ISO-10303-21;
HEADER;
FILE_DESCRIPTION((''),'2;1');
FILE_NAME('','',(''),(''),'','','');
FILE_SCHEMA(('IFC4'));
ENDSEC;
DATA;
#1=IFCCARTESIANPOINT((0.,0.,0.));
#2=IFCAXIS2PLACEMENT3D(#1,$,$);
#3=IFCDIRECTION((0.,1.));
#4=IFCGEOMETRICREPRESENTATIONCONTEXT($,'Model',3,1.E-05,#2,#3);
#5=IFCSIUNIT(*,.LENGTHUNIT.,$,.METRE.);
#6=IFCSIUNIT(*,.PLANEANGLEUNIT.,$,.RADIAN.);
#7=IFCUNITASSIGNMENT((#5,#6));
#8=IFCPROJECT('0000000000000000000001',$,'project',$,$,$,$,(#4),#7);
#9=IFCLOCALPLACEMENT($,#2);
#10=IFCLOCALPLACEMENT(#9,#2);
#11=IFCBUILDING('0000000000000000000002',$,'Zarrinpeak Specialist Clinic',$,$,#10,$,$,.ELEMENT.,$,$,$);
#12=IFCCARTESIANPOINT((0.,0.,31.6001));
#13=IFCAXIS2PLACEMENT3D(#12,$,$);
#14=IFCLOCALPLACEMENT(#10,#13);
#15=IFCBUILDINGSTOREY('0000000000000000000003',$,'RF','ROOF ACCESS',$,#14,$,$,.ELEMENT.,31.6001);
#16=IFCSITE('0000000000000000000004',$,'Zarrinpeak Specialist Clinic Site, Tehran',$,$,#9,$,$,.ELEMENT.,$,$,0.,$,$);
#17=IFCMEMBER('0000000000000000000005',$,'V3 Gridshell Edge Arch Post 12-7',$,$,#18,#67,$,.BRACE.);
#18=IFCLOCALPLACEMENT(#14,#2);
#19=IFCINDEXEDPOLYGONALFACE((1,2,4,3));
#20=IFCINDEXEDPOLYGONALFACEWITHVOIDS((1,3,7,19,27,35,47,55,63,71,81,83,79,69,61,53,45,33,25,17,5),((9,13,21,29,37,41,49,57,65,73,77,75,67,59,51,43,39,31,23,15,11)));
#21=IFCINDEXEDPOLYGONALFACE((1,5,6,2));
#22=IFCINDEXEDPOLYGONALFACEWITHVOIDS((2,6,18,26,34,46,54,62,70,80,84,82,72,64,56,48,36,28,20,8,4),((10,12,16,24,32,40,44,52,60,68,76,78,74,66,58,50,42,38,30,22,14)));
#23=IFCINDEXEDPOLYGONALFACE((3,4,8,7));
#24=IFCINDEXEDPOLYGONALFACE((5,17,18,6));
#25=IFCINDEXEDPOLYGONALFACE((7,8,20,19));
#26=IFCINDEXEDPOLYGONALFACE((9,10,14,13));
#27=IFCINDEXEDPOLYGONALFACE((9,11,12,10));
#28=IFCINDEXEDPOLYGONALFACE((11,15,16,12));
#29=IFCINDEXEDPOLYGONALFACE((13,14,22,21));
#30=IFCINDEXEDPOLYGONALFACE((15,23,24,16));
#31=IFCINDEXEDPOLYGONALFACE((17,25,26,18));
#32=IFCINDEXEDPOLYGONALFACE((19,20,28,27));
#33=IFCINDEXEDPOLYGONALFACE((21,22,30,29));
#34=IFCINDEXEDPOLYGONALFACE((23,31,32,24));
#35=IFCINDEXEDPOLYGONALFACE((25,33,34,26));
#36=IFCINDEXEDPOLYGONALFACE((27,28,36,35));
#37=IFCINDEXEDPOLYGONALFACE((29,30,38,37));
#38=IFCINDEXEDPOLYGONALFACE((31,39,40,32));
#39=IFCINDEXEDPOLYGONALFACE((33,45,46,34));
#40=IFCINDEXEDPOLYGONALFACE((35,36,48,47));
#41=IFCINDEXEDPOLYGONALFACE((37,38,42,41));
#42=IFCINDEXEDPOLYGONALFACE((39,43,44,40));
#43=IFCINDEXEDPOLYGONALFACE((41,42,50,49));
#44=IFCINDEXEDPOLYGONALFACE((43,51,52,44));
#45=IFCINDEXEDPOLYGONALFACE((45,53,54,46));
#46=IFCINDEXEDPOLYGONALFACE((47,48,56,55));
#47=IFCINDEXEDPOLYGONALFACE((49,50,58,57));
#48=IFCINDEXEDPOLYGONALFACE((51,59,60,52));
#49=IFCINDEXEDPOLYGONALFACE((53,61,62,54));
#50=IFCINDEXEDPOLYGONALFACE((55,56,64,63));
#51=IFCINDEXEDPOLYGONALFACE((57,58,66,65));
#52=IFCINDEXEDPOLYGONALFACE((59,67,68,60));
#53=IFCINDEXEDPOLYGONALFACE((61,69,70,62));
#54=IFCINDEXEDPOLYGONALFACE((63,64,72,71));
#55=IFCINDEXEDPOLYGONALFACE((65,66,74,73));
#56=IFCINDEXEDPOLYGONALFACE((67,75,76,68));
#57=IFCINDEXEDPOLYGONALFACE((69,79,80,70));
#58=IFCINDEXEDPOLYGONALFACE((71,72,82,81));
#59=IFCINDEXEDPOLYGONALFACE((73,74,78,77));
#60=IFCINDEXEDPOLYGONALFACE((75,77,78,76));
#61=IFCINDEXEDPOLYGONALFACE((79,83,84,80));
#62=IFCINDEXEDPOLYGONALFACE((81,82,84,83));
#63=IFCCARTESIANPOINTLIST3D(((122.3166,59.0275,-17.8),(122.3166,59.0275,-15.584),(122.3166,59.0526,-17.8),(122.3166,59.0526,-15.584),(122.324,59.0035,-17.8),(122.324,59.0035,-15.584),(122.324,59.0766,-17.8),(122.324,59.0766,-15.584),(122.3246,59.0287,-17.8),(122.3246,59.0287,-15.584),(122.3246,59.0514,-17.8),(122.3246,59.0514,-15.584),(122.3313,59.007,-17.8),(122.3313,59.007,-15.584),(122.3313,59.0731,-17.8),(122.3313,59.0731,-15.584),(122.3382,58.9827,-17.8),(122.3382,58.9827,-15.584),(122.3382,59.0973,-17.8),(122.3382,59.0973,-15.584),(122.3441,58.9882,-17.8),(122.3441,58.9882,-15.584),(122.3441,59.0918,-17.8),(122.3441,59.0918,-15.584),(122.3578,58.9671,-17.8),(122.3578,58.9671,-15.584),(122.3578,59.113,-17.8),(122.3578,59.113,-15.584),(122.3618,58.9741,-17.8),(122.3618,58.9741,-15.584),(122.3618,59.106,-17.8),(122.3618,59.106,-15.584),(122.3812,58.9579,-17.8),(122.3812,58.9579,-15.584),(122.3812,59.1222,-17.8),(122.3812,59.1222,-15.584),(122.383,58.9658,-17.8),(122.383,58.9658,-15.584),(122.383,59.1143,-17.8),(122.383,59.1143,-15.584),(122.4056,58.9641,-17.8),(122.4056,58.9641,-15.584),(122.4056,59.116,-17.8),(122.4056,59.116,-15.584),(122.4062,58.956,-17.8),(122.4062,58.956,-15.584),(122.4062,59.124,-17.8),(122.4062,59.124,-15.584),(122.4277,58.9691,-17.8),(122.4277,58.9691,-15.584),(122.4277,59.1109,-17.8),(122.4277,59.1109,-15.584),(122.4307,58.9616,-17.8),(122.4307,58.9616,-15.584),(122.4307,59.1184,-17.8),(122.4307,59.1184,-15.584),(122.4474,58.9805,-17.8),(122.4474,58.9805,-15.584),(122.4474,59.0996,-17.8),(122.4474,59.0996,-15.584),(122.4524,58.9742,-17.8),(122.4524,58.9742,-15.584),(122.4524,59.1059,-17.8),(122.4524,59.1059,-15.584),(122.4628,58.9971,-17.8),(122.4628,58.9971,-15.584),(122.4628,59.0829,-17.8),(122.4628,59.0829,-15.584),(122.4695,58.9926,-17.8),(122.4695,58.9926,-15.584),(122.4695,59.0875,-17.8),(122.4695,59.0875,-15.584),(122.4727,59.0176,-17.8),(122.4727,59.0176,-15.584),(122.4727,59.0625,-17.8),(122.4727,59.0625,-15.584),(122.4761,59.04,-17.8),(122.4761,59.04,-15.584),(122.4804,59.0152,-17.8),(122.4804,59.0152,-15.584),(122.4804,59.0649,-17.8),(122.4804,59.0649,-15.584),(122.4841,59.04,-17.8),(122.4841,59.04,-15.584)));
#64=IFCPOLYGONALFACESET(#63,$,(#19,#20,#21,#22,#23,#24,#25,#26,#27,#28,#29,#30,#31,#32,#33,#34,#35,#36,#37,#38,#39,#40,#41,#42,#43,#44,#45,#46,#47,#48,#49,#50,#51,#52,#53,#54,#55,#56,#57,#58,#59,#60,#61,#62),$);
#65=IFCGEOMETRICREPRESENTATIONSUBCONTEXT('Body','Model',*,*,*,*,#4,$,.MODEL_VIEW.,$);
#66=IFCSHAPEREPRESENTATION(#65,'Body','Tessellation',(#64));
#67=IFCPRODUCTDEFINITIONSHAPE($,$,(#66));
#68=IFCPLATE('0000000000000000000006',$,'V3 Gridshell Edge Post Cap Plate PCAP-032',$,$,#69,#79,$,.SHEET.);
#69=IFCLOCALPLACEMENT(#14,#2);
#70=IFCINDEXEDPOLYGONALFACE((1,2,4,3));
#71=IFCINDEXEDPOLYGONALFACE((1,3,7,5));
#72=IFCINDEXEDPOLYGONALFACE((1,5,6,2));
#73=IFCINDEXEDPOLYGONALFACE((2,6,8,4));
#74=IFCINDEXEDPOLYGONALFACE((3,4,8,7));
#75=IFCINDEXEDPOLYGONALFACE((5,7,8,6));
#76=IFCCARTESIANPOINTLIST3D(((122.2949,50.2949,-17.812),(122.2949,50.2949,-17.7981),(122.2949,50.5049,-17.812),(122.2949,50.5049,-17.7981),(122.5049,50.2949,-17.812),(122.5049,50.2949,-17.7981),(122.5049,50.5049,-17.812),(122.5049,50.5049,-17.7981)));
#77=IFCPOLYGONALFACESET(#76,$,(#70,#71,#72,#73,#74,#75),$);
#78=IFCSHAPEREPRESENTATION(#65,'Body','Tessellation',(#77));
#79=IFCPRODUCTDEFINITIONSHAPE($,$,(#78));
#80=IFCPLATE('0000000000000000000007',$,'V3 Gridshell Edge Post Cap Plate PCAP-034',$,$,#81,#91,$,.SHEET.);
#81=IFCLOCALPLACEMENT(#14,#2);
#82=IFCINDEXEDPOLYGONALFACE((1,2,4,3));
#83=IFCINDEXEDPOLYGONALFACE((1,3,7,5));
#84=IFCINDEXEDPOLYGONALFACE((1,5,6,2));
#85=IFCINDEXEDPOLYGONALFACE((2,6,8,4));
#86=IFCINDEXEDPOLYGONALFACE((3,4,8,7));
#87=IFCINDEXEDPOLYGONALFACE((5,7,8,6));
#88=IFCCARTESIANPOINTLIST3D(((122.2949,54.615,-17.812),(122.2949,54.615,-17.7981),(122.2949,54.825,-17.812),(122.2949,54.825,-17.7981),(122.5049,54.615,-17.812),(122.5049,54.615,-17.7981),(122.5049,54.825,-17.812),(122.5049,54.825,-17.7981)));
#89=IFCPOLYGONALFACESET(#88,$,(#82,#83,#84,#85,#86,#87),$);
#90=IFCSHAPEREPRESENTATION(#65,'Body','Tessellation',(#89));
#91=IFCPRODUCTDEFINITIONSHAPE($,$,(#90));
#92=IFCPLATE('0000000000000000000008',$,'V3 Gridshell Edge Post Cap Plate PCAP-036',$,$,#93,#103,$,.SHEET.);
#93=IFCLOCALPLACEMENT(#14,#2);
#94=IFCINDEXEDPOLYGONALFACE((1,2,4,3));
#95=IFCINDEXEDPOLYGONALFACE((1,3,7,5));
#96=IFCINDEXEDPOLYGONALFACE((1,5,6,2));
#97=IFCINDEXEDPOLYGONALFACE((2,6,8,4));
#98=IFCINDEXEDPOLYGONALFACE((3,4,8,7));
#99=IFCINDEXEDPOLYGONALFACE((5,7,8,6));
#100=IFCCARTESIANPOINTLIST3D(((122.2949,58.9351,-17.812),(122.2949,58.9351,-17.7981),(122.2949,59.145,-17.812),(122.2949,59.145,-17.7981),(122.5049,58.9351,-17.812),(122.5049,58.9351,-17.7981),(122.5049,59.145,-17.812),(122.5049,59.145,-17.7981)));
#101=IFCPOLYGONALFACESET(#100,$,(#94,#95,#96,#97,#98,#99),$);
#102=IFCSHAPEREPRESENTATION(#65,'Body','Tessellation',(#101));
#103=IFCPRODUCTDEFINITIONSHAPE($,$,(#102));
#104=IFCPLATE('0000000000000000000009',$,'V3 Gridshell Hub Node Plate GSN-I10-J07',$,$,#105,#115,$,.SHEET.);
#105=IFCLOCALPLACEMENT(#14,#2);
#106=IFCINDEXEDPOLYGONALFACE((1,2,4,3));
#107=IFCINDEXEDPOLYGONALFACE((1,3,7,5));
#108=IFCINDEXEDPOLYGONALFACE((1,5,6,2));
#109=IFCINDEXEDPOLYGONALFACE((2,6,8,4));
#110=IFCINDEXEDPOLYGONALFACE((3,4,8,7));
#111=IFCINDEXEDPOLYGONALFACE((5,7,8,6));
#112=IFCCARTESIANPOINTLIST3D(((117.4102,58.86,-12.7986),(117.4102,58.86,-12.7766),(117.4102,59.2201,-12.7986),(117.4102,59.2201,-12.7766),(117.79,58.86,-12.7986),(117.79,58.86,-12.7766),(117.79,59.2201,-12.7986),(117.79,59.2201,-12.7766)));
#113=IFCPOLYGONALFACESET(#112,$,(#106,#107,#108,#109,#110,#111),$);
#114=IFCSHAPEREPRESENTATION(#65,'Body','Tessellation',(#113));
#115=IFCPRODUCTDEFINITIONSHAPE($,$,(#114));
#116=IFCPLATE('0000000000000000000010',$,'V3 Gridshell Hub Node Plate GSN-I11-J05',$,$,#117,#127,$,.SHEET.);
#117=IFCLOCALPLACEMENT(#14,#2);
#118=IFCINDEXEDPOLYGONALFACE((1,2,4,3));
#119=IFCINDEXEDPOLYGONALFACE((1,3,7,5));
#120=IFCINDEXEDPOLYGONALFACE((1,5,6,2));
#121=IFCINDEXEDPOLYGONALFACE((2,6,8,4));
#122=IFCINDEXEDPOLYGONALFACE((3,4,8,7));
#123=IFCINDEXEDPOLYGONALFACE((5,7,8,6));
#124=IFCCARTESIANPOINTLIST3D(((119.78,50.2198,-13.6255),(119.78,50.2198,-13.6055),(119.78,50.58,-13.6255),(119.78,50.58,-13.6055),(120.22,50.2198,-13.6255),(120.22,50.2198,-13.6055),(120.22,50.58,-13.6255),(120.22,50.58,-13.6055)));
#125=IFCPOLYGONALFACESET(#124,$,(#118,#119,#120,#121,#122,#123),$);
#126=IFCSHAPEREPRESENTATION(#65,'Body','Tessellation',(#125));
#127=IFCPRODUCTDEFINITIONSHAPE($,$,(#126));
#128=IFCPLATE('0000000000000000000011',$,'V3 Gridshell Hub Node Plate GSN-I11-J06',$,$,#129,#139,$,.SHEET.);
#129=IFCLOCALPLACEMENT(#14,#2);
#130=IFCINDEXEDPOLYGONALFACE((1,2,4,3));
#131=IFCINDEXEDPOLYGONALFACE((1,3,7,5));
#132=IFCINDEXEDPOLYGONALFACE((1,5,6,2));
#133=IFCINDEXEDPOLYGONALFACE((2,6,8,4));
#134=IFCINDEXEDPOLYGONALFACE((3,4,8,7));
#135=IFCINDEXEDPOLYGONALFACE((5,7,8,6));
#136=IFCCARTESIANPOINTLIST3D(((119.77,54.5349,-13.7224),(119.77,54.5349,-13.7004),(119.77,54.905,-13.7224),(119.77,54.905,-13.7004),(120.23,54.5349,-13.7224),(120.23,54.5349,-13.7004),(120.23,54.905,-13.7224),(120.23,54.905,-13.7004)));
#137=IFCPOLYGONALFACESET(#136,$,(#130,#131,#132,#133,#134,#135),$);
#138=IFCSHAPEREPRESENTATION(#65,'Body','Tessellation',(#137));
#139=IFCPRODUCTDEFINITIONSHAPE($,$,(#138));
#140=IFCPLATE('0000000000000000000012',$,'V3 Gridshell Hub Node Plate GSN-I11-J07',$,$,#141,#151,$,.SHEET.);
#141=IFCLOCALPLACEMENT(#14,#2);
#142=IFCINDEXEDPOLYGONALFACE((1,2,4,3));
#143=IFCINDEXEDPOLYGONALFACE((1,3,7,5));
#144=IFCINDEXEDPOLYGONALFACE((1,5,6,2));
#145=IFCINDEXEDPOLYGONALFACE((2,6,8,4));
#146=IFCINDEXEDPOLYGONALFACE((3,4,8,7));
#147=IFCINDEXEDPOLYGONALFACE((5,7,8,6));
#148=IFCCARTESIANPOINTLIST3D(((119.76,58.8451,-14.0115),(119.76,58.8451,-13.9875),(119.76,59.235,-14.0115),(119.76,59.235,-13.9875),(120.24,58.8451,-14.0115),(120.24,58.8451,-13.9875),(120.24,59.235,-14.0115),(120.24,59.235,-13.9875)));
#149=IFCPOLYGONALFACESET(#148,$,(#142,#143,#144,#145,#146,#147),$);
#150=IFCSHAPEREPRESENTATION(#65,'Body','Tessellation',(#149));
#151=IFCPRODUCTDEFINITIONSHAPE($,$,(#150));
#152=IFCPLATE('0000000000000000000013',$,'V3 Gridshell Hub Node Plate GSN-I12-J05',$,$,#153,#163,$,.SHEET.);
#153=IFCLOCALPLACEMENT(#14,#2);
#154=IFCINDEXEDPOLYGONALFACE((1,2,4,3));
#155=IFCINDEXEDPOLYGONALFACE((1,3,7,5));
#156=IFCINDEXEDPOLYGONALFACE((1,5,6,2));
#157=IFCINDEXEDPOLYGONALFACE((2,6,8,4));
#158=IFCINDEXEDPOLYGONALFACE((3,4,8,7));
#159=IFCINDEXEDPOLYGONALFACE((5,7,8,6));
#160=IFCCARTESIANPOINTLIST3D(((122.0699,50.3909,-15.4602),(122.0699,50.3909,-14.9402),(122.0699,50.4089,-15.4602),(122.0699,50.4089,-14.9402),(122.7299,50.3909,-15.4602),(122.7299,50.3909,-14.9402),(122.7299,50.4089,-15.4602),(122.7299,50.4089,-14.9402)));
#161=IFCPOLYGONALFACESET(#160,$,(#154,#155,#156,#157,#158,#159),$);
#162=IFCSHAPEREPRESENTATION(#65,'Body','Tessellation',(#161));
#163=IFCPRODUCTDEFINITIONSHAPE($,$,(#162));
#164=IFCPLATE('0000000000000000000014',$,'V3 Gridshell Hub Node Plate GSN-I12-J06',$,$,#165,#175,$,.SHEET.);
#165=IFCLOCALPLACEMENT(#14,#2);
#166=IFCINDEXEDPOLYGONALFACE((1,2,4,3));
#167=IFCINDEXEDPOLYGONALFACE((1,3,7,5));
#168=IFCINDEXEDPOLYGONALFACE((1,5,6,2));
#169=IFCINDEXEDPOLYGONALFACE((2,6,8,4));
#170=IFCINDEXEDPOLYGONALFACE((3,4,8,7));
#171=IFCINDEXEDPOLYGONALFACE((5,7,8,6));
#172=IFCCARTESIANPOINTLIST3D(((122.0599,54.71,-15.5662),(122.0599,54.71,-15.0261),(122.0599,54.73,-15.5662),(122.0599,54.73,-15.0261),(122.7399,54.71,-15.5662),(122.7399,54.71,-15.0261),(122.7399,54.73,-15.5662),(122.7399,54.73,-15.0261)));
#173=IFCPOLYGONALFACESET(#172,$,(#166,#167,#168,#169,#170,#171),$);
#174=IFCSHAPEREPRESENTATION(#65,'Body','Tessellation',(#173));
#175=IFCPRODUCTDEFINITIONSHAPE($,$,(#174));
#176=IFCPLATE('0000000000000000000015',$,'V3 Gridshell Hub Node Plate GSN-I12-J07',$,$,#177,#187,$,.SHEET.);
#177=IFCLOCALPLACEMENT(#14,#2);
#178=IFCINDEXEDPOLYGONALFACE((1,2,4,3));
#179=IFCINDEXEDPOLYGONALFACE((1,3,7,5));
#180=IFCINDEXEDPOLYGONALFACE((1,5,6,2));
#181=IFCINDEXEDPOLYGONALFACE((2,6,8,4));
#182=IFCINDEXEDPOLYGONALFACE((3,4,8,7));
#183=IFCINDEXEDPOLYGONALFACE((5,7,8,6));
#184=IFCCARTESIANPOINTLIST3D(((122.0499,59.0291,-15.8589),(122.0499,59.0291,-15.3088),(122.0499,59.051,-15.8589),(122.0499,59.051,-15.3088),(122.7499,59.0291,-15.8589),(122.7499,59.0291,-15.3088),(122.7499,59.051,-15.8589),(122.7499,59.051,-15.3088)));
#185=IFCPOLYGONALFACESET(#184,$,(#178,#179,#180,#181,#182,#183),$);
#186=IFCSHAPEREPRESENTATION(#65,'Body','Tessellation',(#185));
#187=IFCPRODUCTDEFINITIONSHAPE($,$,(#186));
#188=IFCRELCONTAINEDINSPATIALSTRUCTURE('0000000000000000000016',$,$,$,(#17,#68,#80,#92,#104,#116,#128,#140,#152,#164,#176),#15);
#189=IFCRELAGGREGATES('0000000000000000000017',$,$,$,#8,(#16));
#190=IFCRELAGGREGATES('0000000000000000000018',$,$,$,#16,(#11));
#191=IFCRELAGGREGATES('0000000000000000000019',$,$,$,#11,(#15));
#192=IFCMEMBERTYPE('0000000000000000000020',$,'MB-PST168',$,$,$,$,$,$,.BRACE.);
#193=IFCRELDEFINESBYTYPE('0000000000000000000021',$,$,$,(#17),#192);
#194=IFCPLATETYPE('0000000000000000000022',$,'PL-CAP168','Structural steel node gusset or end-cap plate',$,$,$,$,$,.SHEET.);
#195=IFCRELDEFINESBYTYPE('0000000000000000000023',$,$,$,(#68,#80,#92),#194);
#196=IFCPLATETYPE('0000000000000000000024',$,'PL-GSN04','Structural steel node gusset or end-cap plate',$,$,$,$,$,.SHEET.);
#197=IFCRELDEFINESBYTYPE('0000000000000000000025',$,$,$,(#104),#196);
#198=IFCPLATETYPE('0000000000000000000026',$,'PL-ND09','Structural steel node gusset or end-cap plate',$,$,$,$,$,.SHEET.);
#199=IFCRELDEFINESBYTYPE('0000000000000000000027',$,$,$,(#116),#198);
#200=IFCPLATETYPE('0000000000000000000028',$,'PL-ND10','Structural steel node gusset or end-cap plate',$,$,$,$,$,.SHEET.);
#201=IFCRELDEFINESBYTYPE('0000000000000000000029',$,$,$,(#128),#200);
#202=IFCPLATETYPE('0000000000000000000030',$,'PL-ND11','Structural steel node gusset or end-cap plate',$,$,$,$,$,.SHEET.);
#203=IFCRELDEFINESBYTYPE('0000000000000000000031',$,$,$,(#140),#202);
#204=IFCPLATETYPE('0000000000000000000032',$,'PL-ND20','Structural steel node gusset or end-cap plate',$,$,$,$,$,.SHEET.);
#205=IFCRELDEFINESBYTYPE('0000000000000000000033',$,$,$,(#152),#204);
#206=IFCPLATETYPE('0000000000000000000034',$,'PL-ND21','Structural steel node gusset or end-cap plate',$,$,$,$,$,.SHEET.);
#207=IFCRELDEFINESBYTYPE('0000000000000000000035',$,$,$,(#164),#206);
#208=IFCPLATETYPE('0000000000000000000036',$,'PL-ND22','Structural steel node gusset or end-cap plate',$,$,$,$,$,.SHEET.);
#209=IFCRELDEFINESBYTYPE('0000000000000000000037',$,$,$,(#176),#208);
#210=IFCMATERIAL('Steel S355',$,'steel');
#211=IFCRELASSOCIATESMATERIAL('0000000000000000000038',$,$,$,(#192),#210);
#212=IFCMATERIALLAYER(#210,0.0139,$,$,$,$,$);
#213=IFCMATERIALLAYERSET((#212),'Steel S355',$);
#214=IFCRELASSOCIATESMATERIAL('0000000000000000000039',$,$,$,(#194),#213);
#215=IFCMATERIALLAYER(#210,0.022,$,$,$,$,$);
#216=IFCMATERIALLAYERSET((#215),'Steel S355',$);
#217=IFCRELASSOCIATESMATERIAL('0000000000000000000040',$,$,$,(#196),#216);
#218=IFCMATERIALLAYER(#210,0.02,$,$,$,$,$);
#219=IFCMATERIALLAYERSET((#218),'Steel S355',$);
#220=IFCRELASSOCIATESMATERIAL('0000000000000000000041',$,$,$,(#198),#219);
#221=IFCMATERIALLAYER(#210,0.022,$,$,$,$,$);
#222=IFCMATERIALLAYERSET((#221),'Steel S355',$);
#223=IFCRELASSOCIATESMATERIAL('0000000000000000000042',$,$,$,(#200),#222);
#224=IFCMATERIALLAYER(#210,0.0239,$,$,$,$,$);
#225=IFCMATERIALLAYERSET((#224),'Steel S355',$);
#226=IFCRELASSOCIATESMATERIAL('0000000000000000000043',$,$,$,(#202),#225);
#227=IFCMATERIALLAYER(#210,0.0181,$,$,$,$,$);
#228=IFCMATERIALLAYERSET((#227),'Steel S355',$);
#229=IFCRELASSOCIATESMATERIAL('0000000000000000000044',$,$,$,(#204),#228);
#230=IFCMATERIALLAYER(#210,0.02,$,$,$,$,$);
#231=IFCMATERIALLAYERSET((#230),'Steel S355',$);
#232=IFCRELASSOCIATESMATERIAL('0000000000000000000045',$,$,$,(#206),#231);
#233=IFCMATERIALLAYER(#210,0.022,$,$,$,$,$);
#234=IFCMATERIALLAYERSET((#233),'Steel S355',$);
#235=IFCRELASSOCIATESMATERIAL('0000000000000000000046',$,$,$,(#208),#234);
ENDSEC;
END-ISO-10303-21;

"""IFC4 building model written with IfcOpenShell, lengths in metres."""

from ifc_helpers import new_model, si_unit, direction, frame, origin, origin_2d, place, context, subcontext, project, spatial, rectangle, hollow_circle, extrude, material, layer, layer_set, material_profile, profile_set, type_object, element, save


model = new_model("IFC4")

# Units and contexts
model_context = context("Model", 3, precision=1e-05, world=origin(), true_north=direction((0.0, 1.0)))
body_context = subcontext(model_context, "Body", "Model", "MODEL_VIEW")
ifc_project = project(units=[si_unit("LENGTHUNIT", "METRE"), si_unit("PLANEANGLEUNIT", "RADIAN")], contexts=[model_context])

# Site, building, storey
site_placement = place(None, origin())
site = spatial("IfcSite", under=ifc_project, at=site_placement, Name="Zarrinpeak Specialist Clinic Site, Tehran", CompositionType="ELEMENT", RefElevation=0.0)
building_placement = place(site_placement, origin())
building = spatial("IfcBuilding", under=site, at=building_placement, Name="Zarrinpeak Specialist Clinic", CompositionType="ELEMENT")
storey_placement = place(building_placement, frame((0.0, 0.0, 31.6001)))
storey = spatial("IfcBuildingStorey", under=building, at=storey_placement, Name="RF", Description="ROOF ACCESS", CompositionType="ELEMENT", Elevation=31.6001)

# Member
ifc_material_1 = material(Name="Steel S355", Category="steel")
ifc_material_profile_1 = material_profile(ifc_material_1, hollow_circle(Radius=0.0842, WallThickness=0.0081, at=origin_2d()), Name="CHS 168.3x8.0")
ifc_profile_set_1 = profile_set([ifc_material_profile_1], Name="Steel S355")
member_type_1 = type_object("IfcMemberType", Name="MB-PST168", PredefinedType="BRACE", material=ifc_profile_set_1)
member_1_placement = place(storey_placement, frame((122.3999, 59.04, -17.8), z_axis=(0.0, 0.0, 1.0), x_axis=(1.0, 0.0, 0.0)))
element("IfcMember", 1, at=member_1_placement, inside=storey, type_object=member_type_1, Name="V3 Gridshell Edge Arch Post 12-7", PredefinedType="BRACE", context=body_context, shape_type="SweptSolid", body=[
    extrude(hollow_circle(Radius=0.0842, WallThickness=0.0081, at=origin_2d()), origin(), (0.0, 0.0, 1.0), 2.2161),
])

# Plates
ifc_layer_1 = layer(ifc_material_1, 0.0139)
ifc_layer_set_1 = layer_set([ifc_layer_1], Name="Steel S355")
plate_type_1 = type_object("IfcPlateType", Name="PL-CAP168", Description="Structural steel node gusset or end-cap plate", PredefinedType="SHEET", material=ifc_layer_set_1)
for number, where, z_axis, x_axis, name in (
    (2, (122.3999, 50.3999, -17.812), (0.0, 0.0, 1.0), (1.0, 0.0, 0.0), "V3 Gridshell Edge Post Cap Plate PCAP-032"),
    (3, (122.3999, 54.72, -17.812), (0.0, 0.0, 1.0), (1.0, 0.0, 0.0), "V3 Gridshell Edge Post Cap Plate PCAP-034"),
    (4, (122.3999, 59.04, -17.812), (0.0, 0.0, 1.0), (1.0, 0.0, 0.0), "V3 Gridshell Edge Post Cap Plate PCAP-036"),
):
    element("IfcPlate", number, at=place(storey_placement, frame(where, z_axis=z_axis, x_axis=x_axis)), inside=storey, type_object=plate_type_1, Name=name, PredefinedType="SHEET", context=body_context, shape_type="SweptSolid", body=[
        extrude(rectangle(XDim=0.21, YDim=0.21, at=origin_2d()), origin(), (0.0, 0.0, 1.0), 0.0139),
    ])
ifc_layer_2 = layer(ifc_material_1, 0.022)
ifc_layer_set_2 = layer_set([ifc_layer_2], Name="Steel S355")
plate_type_2 = type_object("IfcPlateType", Name="PL-GSN04", Description="Structural steel node gusset or end-cap plate", PredefinedType="SHEET", material=ifc_layer_set_2)
plate_1_placement = place(storey_placement, frame((117.6001, 59.04, -12.7986), z_axis=(0.0, 0.0, 1.0), x_axis=(1.0, 0.0, 0.0)))
element("IfcPlate", 5, at=plate_1_placement, inside=storey, type_object=plate_type_2, Name="V3 Gridshell Hub Node Plate GSN-I10-J07", PredefinedType="SHEET", context=body_context, shape_type="SweptSolid", body=[
    extrude(rectangle(XDim=0.3799, YDim=0.3601, at=origin_2d()), origin(), (0.0, 0.0, 1.0), 0.022),
])
ifc_layer_3 = layer(ifc_material_1, 0.02)
ifc_layer_set_3 = layer_set([ifc_layer_3], Name="Steel S355")
plate_type_3 = type_object("IfcPlateType", Name="PL-ND09", Description="Structural steel node gusset or end-cap plate", PredefinedType="SHEET", material=ifc_layer_set_3)
plate_2_placement = place(storey_placement, frame((120.0, 50.3999, -13.6255), z_axis=(0.0, 0.0, 1.0), x_axis=(1.0, 0.0, 0.0)))
element("IfcPlate", 6, at=plate_2_placement, inside=storey, type_object=plate_type_3, Name="V3 Gridshell Hub Node Plate GSN-I11-J05", PredefinedType="SHEET", context=body_context, shape_type="SweptSolid", body=[
    extrude(rectangle(XDim=0.4399, YDim=0.3601, at=origin_2d()), origin(), (0.0, 0.0, 1.0), 0.02),
])
ifc_layer_4 = layer(ifc_material_1, 0.022)
ifc_layer_set_4 = layer_set([ifc_layer_4], Name="Steel S355")
plate_type_4 = type_object("IfcPlateType", Name="PL-ND10", Description="Structural steel node gusset or end-cap plate", PredefinedType="SHEET", material=ifc_layer_set_4)
plate_3_placement = place(storey_placement, frame((120.0, 54.72, -13.7224), z_axis=(0.0, 0.0, 1.0), x_axis=(1.0, 0.0, 0.0)))
element("IfcPlate", 7, at=plate_3_placement, inside=storey, type_object=plate_type_4, Name="V3 Gridshell Hub Node Plate GSN-I11-J06", PredefinedType="SHEET", context=body_context, shape_type="SweptSolid", body=[
    extrude(rectangle(XDim=0.46, YDim=0.3701, at=origin_2d()), origin(), (0.0, 0.0, 1.0), 0.022),
])
ifc_layer_5 = layer(ifc_material_1, 0.0239)
ifc_layer_set_5 = layer_set([ifc_layer_5], Name="Steel S355")
plate_type_5 = type_object("IfcPlateType", Name="PL-ND11", Description="Structural steel node gusset or end-cap plate", PredefinedType="SHEET", material=ifc_layer_set_5)
plate_4_placement = place(storey_placement, frame((120.0, 59.04, -14.0115), z_axis=(0.0, 0.0, 1.0), x_axis=(1.0, 0.0, 0.0)))
element("IfcPlate", 8, at=plate_4_placement, inside=storey, type_object=plate_type_5, Name="V3 Gridshell Hub Node Plate GSN-I11-J07", PredefinedType="SHEET", context=body_context, shape_type="SweptSolid", body=[
    extrude(rectangle(XDim=0.48, YDim=0.3899, at=origin_2d()), origin(), (0.0, 0.0, 1.0), 0.0239),
])
ifc_layer_6 = layer(ifc_material_1, 0.0181)
ifc_layer_set_6 = layer_set([ifc_layer_6], Name="Steel S355")
plate_type_6 = type_object("IfcPlateType", Name="PL-ND20", Description="Structural steel node gusset or end-cap plate", PredefinedType="SHEET", material=ifc_layer_set_6)
plate_5_placement = place(storey_placement, frame((122.3999, 50.3999, -15.4602), z_axis=(0.0, 0.0, 1.0), x_axis=(1.0, 0.0, 0.0)))
element("IfcPlate", 9, at=plate_5_placement, inside=storey, type_object=plate_type_6, Name="V3 Gridshell Hub Node Plate GSN-I12-J05", PredefinedType="SHEET", context=body_context, shape_type="SweptSolid", body=[
    extrude(rectangle(XDim=0.6599, YDim=0.0181, at=origin_2d()), origin(), (0.0, 0.0, 1.0), 0.52),
])
ifc_layer_7 = layer(ifc_material_1, 0.02)
ifc_layer_set_7 = layer_set([ifc_layer_7], Name="Steel S355")
plate_type_7 = type_object("IfcPlateType", Name="PL-ND21", Description="Structural steel node gusset or end-cap plate", PredefinedType="SHEET", material=ifc_layer_set_7)
plate_6_placement = place(storey_placement, frame((122.3999, 54.72, -15.5662), z_axis=(0.0, 0.0, 1.0), x_axis=(1.0, 0.0, 0.0)))
element("IfcPlate", 10, at=plate_6_placement, inside=storey, type_object=plate_type_7, Name="V3 Gridshell Hub Node Plate GSN-I12-J06", PredefinedType="SHEET", context=body_context, shape_type="SweptSolid", body=[
    extrude(rectangle(XDim=0.6799, YDim=0.02, at=origin_2d()), origin(), (0.0, 0.0, 1.0), 0.54),
])
ifc_layer_8 = layer(ifc_material_1, 0.022)
ifc_layer_set_8 = layer_set([ifc_layer_8], Name="Steel S355")
plate_type_8 = type_object("IfcPlateType", Name="PL-ND22", Description="Structural steel node gusset or end-cap plate", PredefinedType="SHEET", material=ifc_layer_set_8)
plate_7_placement = place(storey_placement, frame((122.3999, 59.04, -15.8589), z_axis=(0.0, 0.0, 1.0), x_axis=(1.0, 0.0, 0.0)))
element("IfcPlate", 11, at=plate_7_placement, inside=storey, type_object=plate_type_8, Name="V3 Gridshell Hub Node Plate GSN-I12-J07", PredefinedType="SHEET", context=body_context, shape_type="SweptSolid", body=[
    extrude(rectangle(XDim=0.7, YDim=0.022, at=origin_2d()), origin(), (0.0, 0.0, 1.0), 0.55),
])

save(model, "model.ifc")
